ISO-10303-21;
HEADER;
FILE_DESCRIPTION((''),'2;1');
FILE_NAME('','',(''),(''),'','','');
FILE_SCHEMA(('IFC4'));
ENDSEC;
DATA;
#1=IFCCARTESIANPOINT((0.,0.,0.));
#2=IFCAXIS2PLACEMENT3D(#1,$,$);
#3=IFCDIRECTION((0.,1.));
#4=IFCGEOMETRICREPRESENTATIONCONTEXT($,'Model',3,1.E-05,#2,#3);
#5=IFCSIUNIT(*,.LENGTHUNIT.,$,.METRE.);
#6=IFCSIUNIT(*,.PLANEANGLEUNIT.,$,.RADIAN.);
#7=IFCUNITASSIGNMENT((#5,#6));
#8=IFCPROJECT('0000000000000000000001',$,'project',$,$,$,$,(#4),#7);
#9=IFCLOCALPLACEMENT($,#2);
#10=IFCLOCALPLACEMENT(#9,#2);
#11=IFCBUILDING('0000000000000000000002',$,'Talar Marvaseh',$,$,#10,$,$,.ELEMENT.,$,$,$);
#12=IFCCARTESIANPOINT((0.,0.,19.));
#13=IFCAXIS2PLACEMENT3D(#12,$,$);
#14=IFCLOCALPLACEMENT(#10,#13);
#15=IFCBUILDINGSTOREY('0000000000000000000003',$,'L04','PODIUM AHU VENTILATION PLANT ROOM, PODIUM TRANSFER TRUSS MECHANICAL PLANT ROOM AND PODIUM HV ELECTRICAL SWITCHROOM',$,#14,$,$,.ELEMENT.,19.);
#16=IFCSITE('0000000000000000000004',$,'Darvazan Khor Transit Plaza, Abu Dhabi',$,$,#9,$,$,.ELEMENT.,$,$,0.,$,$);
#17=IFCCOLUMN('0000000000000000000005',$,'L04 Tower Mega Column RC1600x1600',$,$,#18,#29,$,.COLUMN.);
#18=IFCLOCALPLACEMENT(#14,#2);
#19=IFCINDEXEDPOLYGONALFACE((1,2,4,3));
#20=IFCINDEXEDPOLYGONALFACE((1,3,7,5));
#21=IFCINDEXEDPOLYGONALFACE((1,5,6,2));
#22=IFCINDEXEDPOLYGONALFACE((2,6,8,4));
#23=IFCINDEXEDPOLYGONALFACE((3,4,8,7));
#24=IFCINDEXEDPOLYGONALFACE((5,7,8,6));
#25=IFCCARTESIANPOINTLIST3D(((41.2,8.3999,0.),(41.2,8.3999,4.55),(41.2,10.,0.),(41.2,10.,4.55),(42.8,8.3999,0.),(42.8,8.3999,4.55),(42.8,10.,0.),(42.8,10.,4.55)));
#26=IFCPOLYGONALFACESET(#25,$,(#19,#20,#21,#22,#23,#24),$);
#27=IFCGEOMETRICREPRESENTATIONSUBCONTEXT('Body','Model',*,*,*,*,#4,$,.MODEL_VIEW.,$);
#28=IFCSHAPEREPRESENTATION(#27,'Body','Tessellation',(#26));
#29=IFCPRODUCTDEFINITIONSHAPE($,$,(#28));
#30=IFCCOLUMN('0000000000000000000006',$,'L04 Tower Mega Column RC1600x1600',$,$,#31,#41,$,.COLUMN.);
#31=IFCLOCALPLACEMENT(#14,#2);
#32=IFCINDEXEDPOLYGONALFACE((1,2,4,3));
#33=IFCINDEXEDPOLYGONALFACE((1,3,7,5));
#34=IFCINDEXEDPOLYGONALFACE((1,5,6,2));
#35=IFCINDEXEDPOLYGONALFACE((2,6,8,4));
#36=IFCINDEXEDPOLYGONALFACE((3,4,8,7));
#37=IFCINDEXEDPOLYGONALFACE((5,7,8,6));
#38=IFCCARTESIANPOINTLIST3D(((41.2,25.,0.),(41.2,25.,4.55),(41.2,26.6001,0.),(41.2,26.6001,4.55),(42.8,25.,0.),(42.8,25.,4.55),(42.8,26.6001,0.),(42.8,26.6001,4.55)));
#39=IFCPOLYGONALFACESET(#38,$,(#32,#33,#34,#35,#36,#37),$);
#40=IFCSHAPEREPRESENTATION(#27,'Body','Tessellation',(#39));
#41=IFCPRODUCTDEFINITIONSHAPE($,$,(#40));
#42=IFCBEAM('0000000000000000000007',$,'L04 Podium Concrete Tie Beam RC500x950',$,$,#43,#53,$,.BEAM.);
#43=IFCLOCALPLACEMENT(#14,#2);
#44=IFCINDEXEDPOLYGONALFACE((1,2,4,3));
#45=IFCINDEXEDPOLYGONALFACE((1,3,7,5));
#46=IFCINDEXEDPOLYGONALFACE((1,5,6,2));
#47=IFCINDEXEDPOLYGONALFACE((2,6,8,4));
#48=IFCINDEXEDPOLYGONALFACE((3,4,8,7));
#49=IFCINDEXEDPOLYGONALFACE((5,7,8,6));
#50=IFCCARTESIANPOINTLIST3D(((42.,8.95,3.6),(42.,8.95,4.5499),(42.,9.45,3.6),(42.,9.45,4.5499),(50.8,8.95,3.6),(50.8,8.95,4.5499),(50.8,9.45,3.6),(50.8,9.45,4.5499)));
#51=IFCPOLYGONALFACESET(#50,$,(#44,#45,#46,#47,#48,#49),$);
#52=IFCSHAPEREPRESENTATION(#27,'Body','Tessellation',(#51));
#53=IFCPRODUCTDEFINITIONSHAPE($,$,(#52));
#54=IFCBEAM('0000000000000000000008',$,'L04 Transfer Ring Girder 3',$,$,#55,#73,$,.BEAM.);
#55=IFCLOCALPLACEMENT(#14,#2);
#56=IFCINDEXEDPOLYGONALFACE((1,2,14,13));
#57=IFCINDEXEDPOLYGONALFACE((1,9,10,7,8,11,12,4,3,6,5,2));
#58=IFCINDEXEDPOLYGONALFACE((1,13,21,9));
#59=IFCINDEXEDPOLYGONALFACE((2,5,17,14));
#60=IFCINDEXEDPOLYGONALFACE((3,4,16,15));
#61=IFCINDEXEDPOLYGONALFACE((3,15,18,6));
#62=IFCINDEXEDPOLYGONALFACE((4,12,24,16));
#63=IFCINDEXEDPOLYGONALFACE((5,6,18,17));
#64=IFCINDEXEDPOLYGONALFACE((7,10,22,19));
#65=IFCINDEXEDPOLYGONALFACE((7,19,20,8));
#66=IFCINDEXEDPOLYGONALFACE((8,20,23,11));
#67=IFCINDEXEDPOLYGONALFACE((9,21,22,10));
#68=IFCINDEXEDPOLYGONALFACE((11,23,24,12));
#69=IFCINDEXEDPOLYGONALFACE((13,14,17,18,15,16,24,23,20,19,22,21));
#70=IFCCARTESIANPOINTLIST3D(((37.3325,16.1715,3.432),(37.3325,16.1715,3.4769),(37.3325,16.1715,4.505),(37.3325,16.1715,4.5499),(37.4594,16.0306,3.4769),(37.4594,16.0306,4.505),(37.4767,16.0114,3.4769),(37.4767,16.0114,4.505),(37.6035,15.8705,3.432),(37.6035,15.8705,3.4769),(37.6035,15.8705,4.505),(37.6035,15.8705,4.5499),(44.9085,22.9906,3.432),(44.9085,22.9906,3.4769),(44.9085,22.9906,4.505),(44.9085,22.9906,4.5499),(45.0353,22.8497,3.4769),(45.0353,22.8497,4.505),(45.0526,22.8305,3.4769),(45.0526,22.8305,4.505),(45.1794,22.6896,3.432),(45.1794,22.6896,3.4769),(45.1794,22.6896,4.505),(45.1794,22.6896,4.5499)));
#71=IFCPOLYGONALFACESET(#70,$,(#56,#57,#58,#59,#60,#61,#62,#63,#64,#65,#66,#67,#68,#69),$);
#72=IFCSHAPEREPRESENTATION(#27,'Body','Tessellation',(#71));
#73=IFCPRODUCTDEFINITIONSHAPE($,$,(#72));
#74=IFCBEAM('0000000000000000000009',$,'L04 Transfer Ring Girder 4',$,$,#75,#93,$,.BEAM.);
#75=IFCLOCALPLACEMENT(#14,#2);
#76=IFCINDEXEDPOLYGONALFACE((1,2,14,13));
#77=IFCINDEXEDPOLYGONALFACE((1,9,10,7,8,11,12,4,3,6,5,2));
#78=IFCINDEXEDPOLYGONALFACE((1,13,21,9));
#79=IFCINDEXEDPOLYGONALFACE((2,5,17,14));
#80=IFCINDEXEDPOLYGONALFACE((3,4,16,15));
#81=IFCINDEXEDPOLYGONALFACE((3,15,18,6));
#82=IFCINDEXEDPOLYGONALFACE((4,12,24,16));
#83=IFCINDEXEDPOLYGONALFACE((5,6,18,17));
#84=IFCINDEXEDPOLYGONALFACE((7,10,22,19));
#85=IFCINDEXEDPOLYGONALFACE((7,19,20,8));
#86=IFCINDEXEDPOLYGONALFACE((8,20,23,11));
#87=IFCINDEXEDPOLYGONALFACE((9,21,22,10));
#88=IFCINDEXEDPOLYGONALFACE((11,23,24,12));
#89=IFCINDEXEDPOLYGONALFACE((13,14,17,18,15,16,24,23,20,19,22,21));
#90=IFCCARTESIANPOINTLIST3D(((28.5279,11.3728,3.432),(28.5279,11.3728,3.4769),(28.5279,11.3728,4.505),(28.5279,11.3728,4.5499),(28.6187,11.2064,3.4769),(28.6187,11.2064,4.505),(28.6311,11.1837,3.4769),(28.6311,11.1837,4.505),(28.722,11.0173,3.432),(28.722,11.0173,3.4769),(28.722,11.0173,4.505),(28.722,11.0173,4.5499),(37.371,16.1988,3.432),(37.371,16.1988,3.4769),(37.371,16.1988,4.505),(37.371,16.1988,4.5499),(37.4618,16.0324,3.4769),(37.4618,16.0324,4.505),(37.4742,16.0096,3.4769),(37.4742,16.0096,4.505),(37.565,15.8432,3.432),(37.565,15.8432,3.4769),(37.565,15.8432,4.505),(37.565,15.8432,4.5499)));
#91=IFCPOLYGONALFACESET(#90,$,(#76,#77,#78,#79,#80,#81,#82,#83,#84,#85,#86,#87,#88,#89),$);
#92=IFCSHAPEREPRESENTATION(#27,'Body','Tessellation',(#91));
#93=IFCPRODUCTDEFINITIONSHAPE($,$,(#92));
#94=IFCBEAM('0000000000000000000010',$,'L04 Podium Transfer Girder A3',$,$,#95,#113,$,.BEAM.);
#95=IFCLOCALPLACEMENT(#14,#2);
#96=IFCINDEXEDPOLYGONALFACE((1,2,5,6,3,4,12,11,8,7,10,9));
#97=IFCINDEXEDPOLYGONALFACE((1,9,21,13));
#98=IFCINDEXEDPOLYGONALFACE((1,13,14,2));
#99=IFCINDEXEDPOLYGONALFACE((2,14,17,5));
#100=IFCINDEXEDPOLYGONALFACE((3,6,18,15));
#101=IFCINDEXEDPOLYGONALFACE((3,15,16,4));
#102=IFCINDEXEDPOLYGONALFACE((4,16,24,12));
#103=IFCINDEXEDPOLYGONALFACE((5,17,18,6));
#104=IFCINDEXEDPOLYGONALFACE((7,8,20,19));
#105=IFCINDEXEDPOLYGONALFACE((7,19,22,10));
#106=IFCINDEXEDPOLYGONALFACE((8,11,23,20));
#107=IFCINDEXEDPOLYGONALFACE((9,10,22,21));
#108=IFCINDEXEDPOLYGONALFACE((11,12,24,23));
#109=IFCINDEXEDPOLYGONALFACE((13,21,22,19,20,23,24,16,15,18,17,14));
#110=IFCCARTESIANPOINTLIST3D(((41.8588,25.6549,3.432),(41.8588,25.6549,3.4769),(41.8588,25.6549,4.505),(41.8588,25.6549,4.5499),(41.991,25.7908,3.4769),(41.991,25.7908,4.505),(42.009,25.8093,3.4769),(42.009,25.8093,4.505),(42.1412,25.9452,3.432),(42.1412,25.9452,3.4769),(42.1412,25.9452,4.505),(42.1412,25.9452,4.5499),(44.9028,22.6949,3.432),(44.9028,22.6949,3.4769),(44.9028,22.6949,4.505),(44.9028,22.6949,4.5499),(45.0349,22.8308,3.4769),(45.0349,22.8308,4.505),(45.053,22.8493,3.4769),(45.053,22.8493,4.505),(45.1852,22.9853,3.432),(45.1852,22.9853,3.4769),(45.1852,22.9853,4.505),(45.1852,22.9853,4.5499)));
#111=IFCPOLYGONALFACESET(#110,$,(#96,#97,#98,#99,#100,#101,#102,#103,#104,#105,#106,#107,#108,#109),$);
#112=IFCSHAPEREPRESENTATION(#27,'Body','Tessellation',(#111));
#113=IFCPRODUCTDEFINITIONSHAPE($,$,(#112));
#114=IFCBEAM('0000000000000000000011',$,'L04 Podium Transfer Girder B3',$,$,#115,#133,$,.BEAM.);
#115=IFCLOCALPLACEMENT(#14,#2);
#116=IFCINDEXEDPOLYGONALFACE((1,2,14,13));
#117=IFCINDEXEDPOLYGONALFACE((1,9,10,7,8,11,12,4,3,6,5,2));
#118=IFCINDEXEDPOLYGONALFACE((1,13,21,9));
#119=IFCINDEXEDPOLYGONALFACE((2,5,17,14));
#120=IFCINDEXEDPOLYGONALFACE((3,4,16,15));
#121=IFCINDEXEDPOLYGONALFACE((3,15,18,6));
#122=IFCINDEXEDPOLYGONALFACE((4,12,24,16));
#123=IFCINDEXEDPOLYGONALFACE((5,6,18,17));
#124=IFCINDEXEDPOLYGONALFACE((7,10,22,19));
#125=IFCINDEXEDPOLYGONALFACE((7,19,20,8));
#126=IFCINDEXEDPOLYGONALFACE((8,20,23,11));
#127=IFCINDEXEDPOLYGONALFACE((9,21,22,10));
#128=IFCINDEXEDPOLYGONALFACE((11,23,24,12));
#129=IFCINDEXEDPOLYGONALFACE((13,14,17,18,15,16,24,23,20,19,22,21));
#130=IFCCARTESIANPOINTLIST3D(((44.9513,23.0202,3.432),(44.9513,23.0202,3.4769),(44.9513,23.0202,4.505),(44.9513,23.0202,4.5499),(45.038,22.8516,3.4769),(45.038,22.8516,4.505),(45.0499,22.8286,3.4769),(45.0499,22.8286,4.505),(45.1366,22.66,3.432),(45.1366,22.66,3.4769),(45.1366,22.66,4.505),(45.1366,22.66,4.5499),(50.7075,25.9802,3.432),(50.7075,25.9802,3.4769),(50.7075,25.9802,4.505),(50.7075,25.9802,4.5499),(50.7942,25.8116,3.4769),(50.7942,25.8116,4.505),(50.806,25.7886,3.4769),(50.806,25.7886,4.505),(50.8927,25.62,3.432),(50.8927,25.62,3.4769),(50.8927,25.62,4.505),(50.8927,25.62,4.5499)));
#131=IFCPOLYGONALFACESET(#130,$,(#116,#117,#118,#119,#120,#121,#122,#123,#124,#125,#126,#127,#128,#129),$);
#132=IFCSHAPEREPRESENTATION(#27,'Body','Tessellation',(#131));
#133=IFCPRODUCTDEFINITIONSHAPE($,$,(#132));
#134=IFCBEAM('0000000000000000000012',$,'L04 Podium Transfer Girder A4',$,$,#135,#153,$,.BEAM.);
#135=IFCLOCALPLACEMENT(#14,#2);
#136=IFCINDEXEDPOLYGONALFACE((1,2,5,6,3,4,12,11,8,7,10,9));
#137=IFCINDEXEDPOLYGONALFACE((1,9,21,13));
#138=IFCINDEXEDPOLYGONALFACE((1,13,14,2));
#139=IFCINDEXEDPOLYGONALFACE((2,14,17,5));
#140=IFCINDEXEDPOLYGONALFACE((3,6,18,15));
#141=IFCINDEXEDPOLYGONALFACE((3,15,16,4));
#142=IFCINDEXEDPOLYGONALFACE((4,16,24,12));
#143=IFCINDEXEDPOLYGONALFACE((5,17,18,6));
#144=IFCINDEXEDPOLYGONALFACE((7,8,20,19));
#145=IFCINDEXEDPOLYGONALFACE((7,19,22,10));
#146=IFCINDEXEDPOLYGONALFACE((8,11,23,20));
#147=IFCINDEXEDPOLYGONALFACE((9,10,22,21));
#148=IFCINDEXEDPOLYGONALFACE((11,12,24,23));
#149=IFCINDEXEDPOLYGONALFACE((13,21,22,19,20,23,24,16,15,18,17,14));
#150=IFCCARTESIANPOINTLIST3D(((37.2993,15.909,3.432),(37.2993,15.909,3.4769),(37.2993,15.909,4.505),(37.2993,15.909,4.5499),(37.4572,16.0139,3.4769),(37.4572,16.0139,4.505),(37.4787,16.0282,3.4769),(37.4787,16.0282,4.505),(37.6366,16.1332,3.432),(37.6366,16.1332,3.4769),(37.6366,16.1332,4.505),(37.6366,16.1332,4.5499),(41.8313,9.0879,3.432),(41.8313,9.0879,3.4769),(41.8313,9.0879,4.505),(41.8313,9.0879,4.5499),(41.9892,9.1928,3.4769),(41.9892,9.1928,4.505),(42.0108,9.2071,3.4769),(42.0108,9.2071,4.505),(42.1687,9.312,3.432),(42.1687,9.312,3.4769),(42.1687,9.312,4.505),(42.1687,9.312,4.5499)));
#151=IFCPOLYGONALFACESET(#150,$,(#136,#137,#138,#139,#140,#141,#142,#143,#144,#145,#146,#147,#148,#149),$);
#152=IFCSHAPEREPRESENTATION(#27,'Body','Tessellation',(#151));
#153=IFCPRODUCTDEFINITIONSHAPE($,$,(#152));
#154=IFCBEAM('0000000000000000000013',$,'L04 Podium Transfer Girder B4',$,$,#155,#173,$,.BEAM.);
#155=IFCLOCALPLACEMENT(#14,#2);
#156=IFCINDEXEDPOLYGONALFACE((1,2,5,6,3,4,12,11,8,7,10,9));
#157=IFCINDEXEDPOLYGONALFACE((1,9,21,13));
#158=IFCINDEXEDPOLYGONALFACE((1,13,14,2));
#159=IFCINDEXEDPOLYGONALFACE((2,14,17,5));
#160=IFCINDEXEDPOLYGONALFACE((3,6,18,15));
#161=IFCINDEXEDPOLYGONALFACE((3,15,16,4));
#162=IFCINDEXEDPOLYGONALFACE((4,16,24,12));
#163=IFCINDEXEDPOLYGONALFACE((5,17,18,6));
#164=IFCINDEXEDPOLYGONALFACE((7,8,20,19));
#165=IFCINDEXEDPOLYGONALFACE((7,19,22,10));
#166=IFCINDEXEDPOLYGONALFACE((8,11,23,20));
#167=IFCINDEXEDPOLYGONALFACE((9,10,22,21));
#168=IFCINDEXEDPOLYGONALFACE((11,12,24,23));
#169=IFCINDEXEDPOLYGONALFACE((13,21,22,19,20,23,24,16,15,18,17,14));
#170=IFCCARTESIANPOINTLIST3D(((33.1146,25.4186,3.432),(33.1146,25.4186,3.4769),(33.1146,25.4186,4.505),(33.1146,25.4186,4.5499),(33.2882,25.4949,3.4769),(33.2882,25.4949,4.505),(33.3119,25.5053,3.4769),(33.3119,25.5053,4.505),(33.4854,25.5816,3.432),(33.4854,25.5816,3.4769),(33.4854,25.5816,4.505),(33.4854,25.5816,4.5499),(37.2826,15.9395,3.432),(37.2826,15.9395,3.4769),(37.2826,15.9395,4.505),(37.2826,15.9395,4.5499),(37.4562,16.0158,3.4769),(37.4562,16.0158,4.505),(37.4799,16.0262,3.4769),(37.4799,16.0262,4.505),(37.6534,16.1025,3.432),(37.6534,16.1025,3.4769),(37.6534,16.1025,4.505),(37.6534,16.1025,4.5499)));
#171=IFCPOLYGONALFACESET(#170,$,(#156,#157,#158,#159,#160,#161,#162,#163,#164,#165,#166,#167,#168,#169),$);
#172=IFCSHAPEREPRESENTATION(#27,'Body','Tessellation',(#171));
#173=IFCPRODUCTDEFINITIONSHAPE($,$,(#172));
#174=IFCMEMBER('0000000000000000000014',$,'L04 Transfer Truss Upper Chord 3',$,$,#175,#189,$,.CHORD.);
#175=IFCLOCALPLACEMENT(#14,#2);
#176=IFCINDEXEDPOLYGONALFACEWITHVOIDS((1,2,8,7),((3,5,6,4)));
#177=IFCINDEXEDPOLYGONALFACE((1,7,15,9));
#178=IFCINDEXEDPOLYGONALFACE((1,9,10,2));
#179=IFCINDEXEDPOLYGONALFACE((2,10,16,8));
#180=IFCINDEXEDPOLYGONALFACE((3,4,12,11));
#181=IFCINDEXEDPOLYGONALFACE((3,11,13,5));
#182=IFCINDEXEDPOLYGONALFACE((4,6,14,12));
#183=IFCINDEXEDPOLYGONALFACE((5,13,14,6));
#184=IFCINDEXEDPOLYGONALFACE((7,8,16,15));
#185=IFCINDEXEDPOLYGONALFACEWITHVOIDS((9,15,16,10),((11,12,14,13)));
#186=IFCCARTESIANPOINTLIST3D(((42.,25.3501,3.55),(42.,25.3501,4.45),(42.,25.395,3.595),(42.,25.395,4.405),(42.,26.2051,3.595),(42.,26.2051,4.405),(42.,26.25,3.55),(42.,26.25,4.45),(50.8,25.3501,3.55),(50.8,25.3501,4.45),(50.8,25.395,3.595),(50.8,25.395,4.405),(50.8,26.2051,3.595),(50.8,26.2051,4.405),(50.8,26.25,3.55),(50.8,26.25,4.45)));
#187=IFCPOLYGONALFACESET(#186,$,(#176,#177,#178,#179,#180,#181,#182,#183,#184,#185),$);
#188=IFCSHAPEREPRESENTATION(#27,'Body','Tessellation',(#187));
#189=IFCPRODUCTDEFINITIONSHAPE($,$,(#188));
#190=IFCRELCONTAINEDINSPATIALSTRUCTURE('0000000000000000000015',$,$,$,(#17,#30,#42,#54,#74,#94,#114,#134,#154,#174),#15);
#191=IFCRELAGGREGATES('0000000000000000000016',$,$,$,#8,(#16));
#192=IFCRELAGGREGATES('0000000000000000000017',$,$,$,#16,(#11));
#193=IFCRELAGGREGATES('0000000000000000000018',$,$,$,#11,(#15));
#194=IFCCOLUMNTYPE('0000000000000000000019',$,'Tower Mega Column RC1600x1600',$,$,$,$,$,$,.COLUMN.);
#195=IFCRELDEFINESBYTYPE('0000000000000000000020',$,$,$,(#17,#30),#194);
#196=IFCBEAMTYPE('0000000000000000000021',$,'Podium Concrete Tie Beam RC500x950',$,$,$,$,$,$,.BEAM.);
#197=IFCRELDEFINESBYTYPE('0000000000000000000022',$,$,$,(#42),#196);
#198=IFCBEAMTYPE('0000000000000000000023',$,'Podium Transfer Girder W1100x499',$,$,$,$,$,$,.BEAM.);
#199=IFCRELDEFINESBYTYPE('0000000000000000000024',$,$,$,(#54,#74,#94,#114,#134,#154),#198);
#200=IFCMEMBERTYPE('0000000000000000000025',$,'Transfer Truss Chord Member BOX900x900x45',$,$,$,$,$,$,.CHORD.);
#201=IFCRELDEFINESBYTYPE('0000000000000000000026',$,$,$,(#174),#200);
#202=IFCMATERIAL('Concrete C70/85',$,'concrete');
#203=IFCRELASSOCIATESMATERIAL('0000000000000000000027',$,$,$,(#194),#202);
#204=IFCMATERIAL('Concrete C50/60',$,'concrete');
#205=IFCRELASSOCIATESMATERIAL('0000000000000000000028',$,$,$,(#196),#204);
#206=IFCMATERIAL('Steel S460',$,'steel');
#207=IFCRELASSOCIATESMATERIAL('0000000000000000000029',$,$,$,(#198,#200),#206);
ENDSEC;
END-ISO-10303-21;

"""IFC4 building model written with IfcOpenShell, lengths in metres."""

from ifc_helpers import new_model, si_unit, direction, frame, origin, origin_2d, place, context, subcontext, project, spatial, rectangle, hollow_rectangle, i_section, extrude, source, transform, mapped, material, material_profile, profile_set, type_object, element, save


model = new_model("IFC4")

# Units and contexts
model_context = context("Model", 3, precision=1e-05, world=origin(), true_north=direction((0.0, 1.0)))
body_context = subcontext(model_context, "Body", "Model", "MODEL_VIEW")
ifc_project = project(units=[si_unit("LENGTHUNIT", "METRE"), si_unit("PLANEANGLEUNIT", "RADIAN")], contexts=[model_context])

# Site, building, storey
site_placement = place(None, origin())
site = spatial("IfcSite", under=ifc_project, at=site_placement, Name="Darvazan Khor Transit Plaza, Abu Dhabi", CompositionType="ELEMENT", RefElevation=0.0)
building_placement = place(site_placement, origin())
building = spatial("IfcBuilding", under=site, at=building_placement, Name="Talar Marvaseh", CompositionType="ELEMENT")
storey_placement = place(building_placement, frame((0.0, 0.0, 19.0)))
storey = spatial("IfcBuildingStorey", under=building, at=storey_placement, Name="L04", Description="PODIUM AHU VENTILATION PLANT ROOM, PODIUM TRANSFER TRUSS MECHANICAL PLANT ROOM AND PODIUM HV ELECTRICAL SWITCHROOM", CompositionType="ELEMENT", Elevation=19.0)

# Columns
ifc_material_1 = material(Name="Concrete C70/85", Category="concrete")
ifc_material_profile_1 = material_profile(ifc_material_1, rectangle(XDim=1.6001, YDim=1.6001, at=origin_2d()), Name="RC1600x1600")
ifc_profile_set_1 = profile_set([ifc_material_profile_1], Name="Concrete C70/85")
column_type = type_object("IfcColumnType", Name="Tower Mega Column RC1600x1600", PredefinedType="COLUMN", material=ifc_profile_set_1)
for number, where, z_axis, x_axis, name in (
    (1, (42.0, 9.2, 0.0), (0.0, 0.0, 1.0), (1.0, 0.0, 0.0), "L04 Tower Mega Column RC1600x1600"),
    (2, (42.0, 25.8, 0.0), (0.0, 0.0, 1.0), (1.0, 0.0, 0.0), "L04 Tower Mega Column RC1600x1600"),
):
    element("IfcColumn", number, at=place(storey_placement, frame(where, z_axis=z_axis, x_axis=x_axis)), inside=storey, type_object=column_type, Name=name, PredefinedType="COLUMN", context=body_context, shape_type="SweptSolid", body=[
        extrude(rectangle(XDim=1.6001, YDim=1.6001, at=origin_2d()), origin(), (0.0, 0.0, 1.0), 4.55),
    ])

# Beams
ifc_material_2 = material(Name="Concrete C50/60", Category="concrete")
ifc_material_profile_2 = material_profile(ifc_material_2, rectangle(XDim=0.5, YDim=0.95, at=origin_2d()), Name="RC500x950")
ifc_profile_set_2 = profile_set([ifc_material_profile_2], Name="Concrete C50/60")
beam_type_1 = type_object("IfcBeamType", Name="Podium Concrete Tie Beam RC500x950", PredefinedType="BEAM", material=ifc_profile_set_2)
beam_1_placement = place(storey_placement, frame((42.0, 9.2, 4.075), z_axis=(1.0, 0.0, 0.0), x_axis=(0.0, 1.0, 0.0)))
element("IfcBeam", 3, at=beam_1_placement, inside=storey, type_object=beam_type_1, Name="L04 Podium Concrete Tie Beam RC500x950", PredefinedType="BEAM", context=body_context, shape_type="SweptSolid", body=[
    extrude(rectangle(XDim=0.5, YDim=0.95, at=origin_2d()), origin(), (0.0, 0.0, 1.0), 8.8),
])
ifc_material_3 = material(Name="Steel S460", Category="steel")
ifc_material_profile_3 = material_profile(ifc_material_3, i_section(OverallWidth=0.405, OverallDepth=1.1179, WebThickness=0.0259, FlangeThickness=0.0449, at=origin_2d()), Name="W1100x499")
ifc_profile_set_3 = profile_set([ifc_material_profile_3], Name="Steel S460")
beam_type_2 = type_object("IfcBeamType", Name="Podium Transfer Girder W1100x499", PredefinedType="BEAM", material=ifc_profile_set_3)
beam_2_placement = place(storey_placement, frame((45.0439, 22.8401, 3.991), z_axis=(-0.743257, -0.669006, 0.0), x_axis=(0.669006, -0.743257, 0.0)))
element("IfcBeam", 4, at=beam_2_placement, inside=storey, type_object=beam_type_2, Name="L04 Transfer Ring Girder 3", PredefinedType="BEAM", context=body_context, shape_type="SweptSolid", body=[
    extrude(i_section(OverallWidth=0.405, OverallDepth=1.1179, WebThickness=0.0259, FlangeThickness=0.0449, at=origin_2d()), origin(), (0.0, 0.0, 1.0), 10.1929),
])
beam_3_placement = place(storey_placement, frame((37.468, 16.021, 3.991), z_axis=(-0.877793, -0.479041, 0.0), x_axis=(0.479041, -0.877793, 0.0)))
element("IfcBeam", 5, at=beam_3_placement, inside=storey, type_object=beam_type_2, Name="L04 Transfer Ring Girder 4", PredefinedType="BEAM", context=body_context, shape_type="SweptSolid", body=[
    extrude(i_section(OverallWidth=0.405, OverallDepth=1.1179, WebThickness=0.0259, FlangeThickness=0.0449, at=origin_2d()), origin(), (0.0, 0.0, 1.0), 10.0742),
])
beam_4_placement = place(storey_placement, frame((42.0, 25.8, 3.991), z_axis=(0.716928, -0.697147, 0.0), x_axis=(0.697147, 0.716928, 0.0)))
element("IfcBeam", 6, at=beam_4_placement, inside=storey, type_object=beam_type_2, Name="L04 Podium Transfer Girder A3", PredefinedType="BEAM", context=body_context, shape_type="SweptSolid", body=[
    extrude(i_section(OverallWidth=0.405, OverallDepth=1.1179, WebThickness=0.0259, FlangeThickness=0.0449, at=origin_2d()), origin(), (0.0, 0.0, 1.0), 4.2458),
])
beam_5_placement = place(storey_placement, frame((45.0439, 22.8401, 3.991), z_axis=(0.889308, 0.457309, 0.0), x_axis=(-0.457309, 0.889308, 0.0)))
element("IfcBeam", 7, at=beam_5_placement, inside=storey, type_object=beam_type_2, Name="L04 Podium Transfer Girder B3", PredefinedType="BEAM", context=body_context, shape_type="SweptSolid", body=[
    extrude(i_section(OverallWidth=0.405, OverallDepth=1.1179, WebThickness=0.0259, FlangeThickness=0.0449, at=origin_2d()), origin(), (0.0, 0.0, 1.0), 6.4727),
])
beam_6_placement = place(storey_placement, frame((42.0, 9.2, 3.991), z_axis=(-0.553399, 0.832916, 0.0), x_axis=(-0.832916, -0.553399, 0.0)))
element("IfcBeam", 8, at=beam_6_placement, inside=storey, type_object=beam_type_2, Name="L04 Podium Transfer Girder A4", PredefinedType="BEAM", context=body_context, shape_type="SweptSolid", body=[
    extrude(i_section(OverallWidth=0.405, OverallDepth=1.1179, WebThickness=0.0259, FlangeThickness=0.0449, at=origin_2d()), origin(), (0.0, 0.0, 1.0), 8.1895),
])
beam_7_placement = place(storey_placement, frame((37.468, 16.021, 3.991), z_axis=(-0.402513, 0.915414, 0.0), x_axis=(-0.915414, -0.402513, 0.0)))
element("IfcBeam", 9, at=beam_7_placement, inside=storey, type_object=beam_type_2, Name="L04 Podium Transfer Girder B4", PredefinedType="BEAM", context=body_context, shape_type="SweptSolid", body=[
    extrude(i_section(OverallWidth=0.405, OverallDepth=1.1179, WebThickness=0.0259, FlangeThickness=0.0449, at=origin_2d()), origin(), (0.0, 0.0, 1.0), 10.355),
])

# Member
ifc_material_profile_4 = material_profile(ifc_material_3, hollow_rectangle(XDim=0.8999, YDim=0.8999, WallThickness=0.0449, at=origin_2d()), Name="BOX900x900x45")
ifc_profile_set_4 = profile_set([ifc_material_profile_4], Name="Steel S460")
member_type_1 = type_object("IfcMemberType", Name="Transfer Truss Chord Member BOX900x900x45", PredefinedType="CHORD", material=ifc_profile_set_4)
shared_shape_1 = source(origin(), body_context, "Body", "SweptSolid", [
    extrude(hollow_rectangle(XDim=0.8999, YDim=0.8999, WallThickness=0.0449, at=origin_2d()), origin(), (0.0, 0.0, 1.0), 8.8),
])
member_1_placement = place(storey_placement, frame((42.0, 25.8, 4.0), z_axis=(1.0, 0.0, 0.0), x_axis=(0.0, 1.0, 0.0)))
element("IfcMember", 10, at=member_1_placement, inside=storey, type_object=member_type_1, Name="L04 Transfer Truss Upper Chord 3", PredefinedType="CHORD", context=body_context, shape_type="MappedRepresentation", body=[
    mapped(shared_shape_1, transform((0.0, 0.0, 0.0), x_axis=(1.0, 0.0, 0.0), y_axis=(0.0, 1.0, 0.0), z_axis=(0.0, 0.0, 1.0), scale=1.0)),
])

save(model, "model.ifc")
